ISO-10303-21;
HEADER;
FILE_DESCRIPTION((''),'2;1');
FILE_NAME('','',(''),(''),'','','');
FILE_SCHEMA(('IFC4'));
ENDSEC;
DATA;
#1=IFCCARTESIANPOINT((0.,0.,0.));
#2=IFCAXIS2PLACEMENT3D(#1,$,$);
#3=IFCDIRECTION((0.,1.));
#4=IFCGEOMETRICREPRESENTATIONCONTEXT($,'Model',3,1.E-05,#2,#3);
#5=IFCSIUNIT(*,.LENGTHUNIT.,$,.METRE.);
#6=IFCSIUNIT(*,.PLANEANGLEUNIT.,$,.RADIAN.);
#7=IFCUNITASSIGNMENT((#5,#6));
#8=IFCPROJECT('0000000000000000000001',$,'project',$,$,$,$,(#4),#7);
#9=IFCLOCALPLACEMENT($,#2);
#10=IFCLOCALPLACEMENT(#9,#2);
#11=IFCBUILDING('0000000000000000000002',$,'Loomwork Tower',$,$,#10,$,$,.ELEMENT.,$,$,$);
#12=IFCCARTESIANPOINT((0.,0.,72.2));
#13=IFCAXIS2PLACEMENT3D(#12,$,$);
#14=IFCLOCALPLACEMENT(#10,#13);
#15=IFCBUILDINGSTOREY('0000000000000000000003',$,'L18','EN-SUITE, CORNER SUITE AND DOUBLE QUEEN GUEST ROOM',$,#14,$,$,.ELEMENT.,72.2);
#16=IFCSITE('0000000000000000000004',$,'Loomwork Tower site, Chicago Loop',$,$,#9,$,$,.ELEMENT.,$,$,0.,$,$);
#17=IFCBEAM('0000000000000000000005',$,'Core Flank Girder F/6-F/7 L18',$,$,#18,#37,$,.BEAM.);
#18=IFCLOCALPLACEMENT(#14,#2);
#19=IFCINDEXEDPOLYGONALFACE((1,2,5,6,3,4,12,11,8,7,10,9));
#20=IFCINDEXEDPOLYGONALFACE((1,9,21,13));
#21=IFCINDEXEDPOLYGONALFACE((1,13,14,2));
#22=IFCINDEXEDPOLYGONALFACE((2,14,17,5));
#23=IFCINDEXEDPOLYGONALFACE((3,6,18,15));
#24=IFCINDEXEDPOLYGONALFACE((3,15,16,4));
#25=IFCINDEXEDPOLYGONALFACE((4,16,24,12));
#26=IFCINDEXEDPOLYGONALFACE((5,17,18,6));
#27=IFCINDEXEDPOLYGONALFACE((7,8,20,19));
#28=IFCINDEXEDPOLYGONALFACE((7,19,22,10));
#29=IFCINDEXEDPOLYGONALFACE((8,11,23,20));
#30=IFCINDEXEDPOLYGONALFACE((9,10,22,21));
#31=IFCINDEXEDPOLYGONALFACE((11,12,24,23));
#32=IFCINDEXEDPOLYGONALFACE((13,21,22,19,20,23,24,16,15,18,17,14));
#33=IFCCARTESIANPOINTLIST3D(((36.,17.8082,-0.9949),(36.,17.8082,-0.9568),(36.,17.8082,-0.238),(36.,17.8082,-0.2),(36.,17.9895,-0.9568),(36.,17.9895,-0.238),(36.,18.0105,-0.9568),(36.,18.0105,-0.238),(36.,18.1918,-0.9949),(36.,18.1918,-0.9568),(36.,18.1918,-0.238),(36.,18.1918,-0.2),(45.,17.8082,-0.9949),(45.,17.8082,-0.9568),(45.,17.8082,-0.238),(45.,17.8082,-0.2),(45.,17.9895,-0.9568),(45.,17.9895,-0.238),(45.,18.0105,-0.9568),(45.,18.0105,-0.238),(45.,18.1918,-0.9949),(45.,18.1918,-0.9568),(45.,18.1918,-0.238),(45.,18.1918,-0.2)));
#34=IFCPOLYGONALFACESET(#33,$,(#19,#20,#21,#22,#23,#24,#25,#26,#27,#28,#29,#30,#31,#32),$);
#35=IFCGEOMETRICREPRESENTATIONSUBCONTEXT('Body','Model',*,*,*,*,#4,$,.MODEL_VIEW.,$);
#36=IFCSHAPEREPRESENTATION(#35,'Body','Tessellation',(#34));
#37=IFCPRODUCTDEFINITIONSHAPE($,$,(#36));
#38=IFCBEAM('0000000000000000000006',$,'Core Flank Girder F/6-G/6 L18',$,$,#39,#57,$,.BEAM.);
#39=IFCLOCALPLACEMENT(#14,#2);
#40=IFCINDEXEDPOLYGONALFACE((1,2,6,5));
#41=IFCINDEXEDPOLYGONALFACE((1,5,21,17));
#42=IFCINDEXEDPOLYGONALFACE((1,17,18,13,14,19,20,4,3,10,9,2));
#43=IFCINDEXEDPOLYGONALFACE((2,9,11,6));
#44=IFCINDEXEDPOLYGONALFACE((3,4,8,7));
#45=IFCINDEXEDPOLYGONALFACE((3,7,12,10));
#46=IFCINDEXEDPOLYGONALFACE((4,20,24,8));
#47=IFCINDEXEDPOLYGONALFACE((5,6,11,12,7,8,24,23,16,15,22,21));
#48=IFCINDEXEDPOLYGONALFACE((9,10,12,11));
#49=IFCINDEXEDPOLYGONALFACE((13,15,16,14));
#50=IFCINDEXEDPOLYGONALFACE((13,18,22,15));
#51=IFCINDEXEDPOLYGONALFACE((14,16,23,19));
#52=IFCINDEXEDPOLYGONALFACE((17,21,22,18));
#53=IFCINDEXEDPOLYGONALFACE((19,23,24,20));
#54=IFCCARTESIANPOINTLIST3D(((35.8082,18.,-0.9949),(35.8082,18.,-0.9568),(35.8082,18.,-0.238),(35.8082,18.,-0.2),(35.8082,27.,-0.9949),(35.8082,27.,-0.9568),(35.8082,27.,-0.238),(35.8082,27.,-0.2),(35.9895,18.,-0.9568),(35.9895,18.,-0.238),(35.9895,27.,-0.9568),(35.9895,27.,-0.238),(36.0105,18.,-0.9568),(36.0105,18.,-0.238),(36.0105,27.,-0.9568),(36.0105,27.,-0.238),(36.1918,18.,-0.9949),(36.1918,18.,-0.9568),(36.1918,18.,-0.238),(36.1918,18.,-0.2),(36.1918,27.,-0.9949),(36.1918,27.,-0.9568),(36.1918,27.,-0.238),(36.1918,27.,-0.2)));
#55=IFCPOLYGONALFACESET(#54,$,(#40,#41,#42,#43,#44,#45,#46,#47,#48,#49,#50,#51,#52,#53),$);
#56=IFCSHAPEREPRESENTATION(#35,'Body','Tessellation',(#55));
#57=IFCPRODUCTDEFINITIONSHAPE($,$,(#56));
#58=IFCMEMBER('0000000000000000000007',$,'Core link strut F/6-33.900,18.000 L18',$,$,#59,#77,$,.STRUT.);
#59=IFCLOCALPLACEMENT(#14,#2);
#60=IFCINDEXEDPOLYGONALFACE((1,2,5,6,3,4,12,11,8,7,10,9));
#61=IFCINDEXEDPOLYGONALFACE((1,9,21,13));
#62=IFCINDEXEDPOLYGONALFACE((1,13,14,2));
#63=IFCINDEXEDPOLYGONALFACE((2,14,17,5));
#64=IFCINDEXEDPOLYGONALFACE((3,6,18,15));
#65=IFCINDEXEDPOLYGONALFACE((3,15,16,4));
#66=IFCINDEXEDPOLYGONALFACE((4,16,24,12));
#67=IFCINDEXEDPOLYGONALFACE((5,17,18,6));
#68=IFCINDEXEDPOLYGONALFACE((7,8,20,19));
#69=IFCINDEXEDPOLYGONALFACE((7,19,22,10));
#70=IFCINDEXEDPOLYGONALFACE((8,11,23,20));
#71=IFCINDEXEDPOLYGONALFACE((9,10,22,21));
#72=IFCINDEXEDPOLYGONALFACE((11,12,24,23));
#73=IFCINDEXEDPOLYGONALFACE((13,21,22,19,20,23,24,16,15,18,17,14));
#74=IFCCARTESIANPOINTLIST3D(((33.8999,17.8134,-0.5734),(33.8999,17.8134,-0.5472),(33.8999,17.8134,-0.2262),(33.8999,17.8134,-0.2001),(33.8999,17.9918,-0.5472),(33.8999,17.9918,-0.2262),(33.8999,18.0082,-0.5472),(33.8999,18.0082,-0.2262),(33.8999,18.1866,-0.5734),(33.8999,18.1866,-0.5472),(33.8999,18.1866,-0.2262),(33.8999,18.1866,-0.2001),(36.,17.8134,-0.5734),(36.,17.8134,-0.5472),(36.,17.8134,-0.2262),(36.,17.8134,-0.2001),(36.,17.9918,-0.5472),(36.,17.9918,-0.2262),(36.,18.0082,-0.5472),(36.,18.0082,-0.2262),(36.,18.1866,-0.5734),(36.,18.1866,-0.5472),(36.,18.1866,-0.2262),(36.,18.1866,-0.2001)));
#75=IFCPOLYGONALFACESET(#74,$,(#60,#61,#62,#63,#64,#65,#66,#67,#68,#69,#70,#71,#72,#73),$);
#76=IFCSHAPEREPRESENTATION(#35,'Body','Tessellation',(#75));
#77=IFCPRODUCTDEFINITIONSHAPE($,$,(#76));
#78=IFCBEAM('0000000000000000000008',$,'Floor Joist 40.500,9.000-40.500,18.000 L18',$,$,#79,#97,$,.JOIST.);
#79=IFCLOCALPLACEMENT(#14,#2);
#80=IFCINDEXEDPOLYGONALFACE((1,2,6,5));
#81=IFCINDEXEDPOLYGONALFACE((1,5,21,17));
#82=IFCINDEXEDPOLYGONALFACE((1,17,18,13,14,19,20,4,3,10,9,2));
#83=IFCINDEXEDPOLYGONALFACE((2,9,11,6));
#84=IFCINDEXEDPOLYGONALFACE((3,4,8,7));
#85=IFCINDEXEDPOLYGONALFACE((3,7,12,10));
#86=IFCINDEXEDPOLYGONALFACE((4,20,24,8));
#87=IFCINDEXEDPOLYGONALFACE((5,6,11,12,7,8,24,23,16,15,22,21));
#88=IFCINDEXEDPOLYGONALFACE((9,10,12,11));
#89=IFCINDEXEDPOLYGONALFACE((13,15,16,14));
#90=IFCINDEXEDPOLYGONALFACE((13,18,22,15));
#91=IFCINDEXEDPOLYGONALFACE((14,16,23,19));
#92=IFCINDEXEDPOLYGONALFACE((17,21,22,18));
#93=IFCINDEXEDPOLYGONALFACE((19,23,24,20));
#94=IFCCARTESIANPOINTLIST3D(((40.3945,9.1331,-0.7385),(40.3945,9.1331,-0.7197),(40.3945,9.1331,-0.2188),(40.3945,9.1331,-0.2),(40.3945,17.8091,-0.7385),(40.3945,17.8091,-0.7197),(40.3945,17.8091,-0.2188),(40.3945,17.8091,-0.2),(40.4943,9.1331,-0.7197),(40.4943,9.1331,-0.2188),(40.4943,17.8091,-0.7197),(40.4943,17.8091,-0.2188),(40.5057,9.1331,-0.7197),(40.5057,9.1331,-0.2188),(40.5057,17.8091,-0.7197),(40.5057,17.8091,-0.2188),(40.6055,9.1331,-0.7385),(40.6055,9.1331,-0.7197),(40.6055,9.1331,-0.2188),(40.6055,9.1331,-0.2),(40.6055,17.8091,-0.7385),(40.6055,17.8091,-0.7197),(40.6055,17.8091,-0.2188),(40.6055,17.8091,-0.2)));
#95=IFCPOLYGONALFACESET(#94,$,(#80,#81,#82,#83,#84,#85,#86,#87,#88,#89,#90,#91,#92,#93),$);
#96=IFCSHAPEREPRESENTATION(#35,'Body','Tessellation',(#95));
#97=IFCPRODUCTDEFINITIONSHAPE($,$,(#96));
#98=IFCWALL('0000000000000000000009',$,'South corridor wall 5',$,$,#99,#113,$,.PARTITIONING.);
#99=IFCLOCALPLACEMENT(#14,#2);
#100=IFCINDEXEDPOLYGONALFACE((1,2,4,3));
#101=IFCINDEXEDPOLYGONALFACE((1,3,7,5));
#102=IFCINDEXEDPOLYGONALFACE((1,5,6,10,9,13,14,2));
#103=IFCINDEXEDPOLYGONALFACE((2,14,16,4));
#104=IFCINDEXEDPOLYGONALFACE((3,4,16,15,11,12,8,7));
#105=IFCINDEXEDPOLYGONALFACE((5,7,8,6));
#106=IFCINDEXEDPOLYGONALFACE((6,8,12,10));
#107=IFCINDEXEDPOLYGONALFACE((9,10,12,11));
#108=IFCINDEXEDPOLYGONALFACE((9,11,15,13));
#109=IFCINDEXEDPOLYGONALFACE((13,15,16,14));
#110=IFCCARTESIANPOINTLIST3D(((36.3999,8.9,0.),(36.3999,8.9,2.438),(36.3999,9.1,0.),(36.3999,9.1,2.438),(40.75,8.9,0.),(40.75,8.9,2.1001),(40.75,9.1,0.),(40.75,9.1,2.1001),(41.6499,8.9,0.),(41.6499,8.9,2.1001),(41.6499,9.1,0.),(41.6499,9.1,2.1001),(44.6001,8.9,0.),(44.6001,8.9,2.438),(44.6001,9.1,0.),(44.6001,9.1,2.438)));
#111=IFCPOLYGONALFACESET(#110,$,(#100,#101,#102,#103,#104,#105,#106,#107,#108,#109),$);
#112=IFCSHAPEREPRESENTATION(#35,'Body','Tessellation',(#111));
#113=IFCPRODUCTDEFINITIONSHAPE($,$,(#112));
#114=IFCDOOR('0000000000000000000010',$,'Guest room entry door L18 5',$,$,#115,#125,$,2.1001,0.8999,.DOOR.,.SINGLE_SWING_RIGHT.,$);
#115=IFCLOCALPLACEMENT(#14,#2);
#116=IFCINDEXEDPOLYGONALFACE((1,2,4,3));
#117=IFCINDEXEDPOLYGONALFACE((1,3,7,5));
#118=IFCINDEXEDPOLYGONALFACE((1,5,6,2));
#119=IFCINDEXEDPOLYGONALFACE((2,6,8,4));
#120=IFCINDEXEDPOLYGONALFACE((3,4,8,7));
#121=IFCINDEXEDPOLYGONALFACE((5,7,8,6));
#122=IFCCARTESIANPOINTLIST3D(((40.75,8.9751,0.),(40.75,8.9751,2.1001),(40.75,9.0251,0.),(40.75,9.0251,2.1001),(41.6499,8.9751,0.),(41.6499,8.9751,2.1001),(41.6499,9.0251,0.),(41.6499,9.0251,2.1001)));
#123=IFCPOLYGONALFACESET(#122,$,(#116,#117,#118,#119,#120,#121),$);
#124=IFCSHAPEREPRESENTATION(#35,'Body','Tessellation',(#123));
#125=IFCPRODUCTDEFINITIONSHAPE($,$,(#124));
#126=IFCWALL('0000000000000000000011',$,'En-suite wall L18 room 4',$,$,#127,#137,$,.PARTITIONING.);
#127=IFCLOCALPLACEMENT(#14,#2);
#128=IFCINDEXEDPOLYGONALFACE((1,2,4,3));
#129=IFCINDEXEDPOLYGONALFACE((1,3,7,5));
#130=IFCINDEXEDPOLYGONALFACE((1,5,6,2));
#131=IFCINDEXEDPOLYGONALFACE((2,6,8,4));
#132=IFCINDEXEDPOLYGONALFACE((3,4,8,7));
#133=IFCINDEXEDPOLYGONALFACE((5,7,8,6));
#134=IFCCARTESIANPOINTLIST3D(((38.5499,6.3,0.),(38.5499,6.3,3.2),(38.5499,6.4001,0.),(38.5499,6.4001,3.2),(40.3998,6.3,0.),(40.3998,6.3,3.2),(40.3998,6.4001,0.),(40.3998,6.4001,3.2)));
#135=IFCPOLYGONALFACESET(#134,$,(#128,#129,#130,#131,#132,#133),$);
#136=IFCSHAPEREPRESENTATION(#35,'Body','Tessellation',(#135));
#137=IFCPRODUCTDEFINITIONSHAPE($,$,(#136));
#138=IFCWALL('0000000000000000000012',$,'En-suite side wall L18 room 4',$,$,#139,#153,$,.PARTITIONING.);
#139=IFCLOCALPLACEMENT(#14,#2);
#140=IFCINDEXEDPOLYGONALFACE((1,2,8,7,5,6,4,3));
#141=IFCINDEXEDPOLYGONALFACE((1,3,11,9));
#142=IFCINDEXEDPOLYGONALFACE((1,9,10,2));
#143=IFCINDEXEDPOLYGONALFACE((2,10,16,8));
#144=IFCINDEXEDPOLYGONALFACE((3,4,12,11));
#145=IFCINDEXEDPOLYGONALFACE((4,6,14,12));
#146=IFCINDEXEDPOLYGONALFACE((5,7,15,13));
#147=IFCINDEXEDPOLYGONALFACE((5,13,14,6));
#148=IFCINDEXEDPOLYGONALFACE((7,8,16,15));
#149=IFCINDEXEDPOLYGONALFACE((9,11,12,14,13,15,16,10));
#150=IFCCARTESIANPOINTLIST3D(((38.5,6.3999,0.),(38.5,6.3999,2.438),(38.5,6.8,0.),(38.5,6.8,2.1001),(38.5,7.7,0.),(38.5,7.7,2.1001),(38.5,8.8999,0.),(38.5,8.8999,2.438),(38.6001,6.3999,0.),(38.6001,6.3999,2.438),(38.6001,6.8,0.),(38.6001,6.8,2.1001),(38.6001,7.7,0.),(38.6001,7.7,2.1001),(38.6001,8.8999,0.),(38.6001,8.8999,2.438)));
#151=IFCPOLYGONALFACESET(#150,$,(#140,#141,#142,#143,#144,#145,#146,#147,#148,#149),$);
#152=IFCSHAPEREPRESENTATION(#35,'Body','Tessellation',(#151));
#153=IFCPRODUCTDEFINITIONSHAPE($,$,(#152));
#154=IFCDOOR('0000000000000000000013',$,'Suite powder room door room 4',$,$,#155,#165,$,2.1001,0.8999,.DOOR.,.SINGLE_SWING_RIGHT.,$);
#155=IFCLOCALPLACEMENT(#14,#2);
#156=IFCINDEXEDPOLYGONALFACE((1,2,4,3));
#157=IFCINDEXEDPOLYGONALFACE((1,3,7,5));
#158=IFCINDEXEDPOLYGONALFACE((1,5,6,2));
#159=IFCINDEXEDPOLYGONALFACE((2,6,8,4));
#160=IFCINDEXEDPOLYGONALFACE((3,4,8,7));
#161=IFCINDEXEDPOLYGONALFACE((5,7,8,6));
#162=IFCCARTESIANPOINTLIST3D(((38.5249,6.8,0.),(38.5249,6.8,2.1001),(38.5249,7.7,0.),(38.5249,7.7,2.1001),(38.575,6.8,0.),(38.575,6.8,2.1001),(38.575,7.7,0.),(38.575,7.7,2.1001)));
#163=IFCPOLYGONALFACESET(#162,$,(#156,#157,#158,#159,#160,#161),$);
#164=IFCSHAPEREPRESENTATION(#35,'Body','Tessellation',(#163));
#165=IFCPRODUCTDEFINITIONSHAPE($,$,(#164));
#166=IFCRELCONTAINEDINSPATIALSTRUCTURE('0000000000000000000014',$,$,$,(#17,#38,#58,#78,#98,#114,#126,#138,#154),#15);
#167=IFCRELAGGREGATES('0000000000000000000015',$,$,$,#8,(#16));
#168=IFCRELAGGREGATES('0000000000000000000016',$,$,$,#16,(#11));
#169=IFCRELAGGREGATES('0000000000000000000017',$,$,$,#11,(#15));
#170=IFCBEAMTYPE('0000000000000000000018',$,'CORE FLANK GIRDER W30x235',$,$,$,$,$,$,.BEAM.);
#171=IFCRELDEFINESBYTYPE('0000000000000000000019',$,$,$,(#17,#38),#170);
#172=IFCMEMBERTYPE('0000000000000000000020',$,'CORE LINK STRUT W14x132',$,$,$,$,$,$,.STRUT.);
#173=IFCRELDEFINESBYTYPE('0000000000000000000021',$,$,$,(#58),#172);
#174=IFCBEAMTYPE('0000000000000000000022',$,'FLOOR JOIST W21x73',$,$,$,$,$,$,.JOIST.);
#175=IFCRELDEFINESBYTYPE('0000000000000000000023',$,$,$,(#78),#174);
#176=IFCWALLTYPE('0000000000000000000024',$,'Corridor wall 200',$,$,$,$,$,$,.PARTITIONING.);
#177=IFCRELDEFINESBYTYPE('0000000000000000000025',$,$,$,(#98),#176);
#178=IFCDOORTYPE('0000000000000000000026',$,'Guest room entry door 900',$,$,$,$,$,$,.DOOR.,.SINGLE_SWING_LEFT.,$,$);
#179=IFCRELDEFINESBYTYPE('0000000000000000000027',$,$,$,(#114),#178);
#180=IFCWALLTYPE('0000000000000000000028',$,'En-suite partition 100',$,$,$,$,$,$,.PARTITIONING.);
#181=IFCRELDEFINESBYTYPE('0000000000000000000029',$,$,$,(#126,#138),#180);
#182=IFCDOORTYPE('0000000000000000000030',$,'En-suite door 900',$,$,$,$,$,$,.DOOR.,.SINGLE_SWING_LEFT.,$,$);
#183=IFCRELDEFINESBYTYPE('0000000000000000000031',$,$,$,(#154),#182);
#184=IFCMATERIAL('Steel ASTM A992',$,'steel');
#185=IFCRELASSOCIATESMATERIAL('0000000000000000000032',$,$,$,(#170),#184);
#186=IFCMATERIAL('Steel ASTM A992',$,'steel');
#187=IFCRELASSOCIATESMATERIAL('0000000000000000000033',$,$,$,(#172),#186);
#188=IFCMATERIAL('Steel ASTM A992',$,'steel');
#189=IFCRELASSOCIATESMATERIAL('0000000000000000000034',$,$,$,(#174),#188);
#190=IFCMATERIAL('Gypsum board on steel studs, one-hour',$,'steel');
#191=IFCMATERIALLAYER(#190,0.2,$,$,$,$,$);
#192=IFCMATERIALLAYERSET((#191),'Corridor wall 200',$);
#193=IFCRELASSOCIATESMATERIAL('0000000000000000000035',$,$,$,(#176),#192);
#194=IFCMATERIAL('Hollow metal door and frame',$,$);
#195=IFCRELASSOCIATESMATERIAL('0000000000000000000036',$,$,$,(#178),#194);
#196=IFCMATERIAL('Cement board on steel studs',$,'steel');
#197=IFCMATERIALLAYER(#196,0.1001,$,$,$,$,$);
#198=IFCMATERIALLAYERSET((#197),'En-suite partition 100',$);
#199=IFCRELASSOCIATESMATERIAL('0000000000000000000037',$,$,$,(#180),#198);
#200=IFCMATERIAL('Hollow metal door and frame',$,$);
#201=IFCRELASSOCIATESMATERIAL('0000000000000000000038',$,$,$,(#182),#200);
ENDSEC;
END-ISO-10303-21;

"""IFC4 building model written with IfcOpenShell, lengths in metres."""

from ifc_helpers import new_model, si_unit, direction, frame, frame_2d, origin, origin_2d, place, context, subcontext, project, spatial, rectangle, i_section, extrude, material, layer, layer_set, material_profile, profile_set, type_object, element, fill, save


model = new_model("IFC4")

# Units and contexts
model_context = context("Model", 3, precision=1e-05, world=origin(), true_north=direction((0.0, 1.0)))
body_context = subcontext(model_context, "Body", "Model", "MODEL_VIEW")
ifc_project = project(units=[si_unit("LENGTHUNIT", "METRE"), si_unit("PLANEANGLEUNIT", "RADIAN")], contexts=[model_context])

# Site, building, storey
site_placement = place(None, origin())
site = spatial("IfcSite", under=ifc_project, at=site_placement, Name="Loomwork Tower site, Chicago Loop", CompositionType="ELEMENT", RefElevation=0.0)
building_placement = place(site_placement, origin())
building = spatial("IfcBuilding", under=site, at=building_placement, Name="Loomwork Tower", CompositionType="ELEMENT")
storey_placement = place(building_placement, frame((0.0, 0.0, 72.2)))
storey = spatial("IfcBuildingStorey", under=building, at=storey_placement, Name="L18", Description="EN-SUITE, CORNER SUITE AND DOUBLE QUEEN GUEST ROOM", CompositionType="ELEMENT", Elevation=72.2)

# Beams
ifc_material_1 = material(Name="Steel ASTM A992", Category="steel")
ifc_material_profile_1 = material_profile(ifc_material_1, i_section(OverallWidth=0.3835, OverallDepth=0.7949, WebThickness=0.021, FlangeThickness=0.0381, at=origin_2d()), Name="W30x235")
ifc_profile_set_1 = profile_set([ifc_material_profile_1], Name="Steel ASTM A992")
beam_type_1 = type_object("IfcBeamType", Name="CORE FLANK GIRDER W30x235", PredefinedType="BEAM", material=ifc_profile_set_1)
for number, where, z_axis, x_axis, name in (
    (1, (36.0, 18.0, -0.5974), (1.0, 0.0, 0.0), (0.0, 1.0, 0.0), "Core Flank Girder F/6-F/7 L18"),
    (2, (36.0, 18.0, -0.5974), (0.0, 1.0, 0.0), (-1.0, 0.0, 0.0), "Core Flank Girder F/6-G/6 L18"),
):
    element("IfcBeam", number, at=place(storey_placement, frame(where, z_axis=z_axis, x_axis=x_axis)), inside=storey, type_object=beam_type_1, Name=name, PredefinedType="BEAM", context=body_context, shape_type="SweptSolid", body=[
        extrude(i_section(OverallWidth=0.3835, OverallDepth=0.7949, WebThickness=0.021, FlangeThickness=0.0381, at=origin_2d()), origin(), (0.0, 0.0, 1.0), 9.0),
    ])

# Member
ifc_material_2 = material(Name="Steel ASTM A992", Category="steel")
ifc_material_profile_2 = material_profile(ifc_material_2, i_section(OverallWidth=0.3733, OverallDepth=0.3733, WebThickness=0.0164, FlangeThickness=0.0261, at=origin_2d()), Name="W14x132")
ifc_profile_set_2 = profile_set([ifc_material_profile_2], Name="Steel ASTM A992")
member_type = type_object("IfcMemberType", Name="CORE LINK STRUT W14x132", PredefinedType="STRUT", material=ifc_profile_set_2)
member_placement = place(storey_placement, frame((36.0, 18.0, -0.3867), z_axis=(-1.0, 0.0, 0.0), x_axis=(0.0, -1.0, 0.0)))
element("IfcMember", 3, at=member_placement, inside=storey, type_object=member_type, Name="Core link strut F/6-33.900,18.000 L18", PredefinedType="STRUT", context=body_context, shape_type="SweptSolid", body=[
    extrude(i_section(OverallWidth=0.3733, OverallDepth=0.3733, WebThickness=0.0164, FlangeThickness=0.0261, at=origin_2d()), origin(), (0.0, 0.0, 1.0), 2.1001),
])

# Beam
ifc_material_3 = material(Name="Steel ASTM A992", Category="steel")
ifc_material_profile_3 = material_profile(ifc_material_3, i_section(OverallWidth=0.2109, OverallDepth=0.5386, WebThickness=0.0115, FlangeThickness=0.0188, at=origin_2d()), Name="W21x73")
ifc_profile_set_3 = profile_set([ifc_material_profile_3], Name="Steel ASTM A992")
beam_type_2 = type_object("IfcBeamType", Name="FLOOR JOIST W21x73", PredefinedType="JOIST", material=ifc_profile_set_3)
beam_placement = place(storey_placement, frame((40.5, 9.1331, -0.4692), z_axis=(0.0, 1.0, 0.0), x_axis=(-1.0, 0.0, 0.0)))
element("IfcBeam", 4, at=beam_placement, inside=storey, type_object=beam_type_2, Name="Floor Joist 40.500,9.000-40.500,18.000 L18", PredefinedType="JOIST", context=body_context, shape_type="SweptSolid", body=[
    extrude(i_section(OverallWidth=0.2109, OverallDepth=0.5386, WebThickness=0.0115, FlangeThickness=0.0188, at=origin_2d()), origin(), (0.0, 0.0, 1.0), 8.676),
])

# Wall, opening, door
ifc_material_4 = material(Name="Gypsum board on steel studs, one-hour", Category="steel")
ifc_layer_1 = layer(ifc_material_4, 0.2)
ifc_layer_set_1 = layer_set([ifc_layer_1], Name="Corridor wall 200")
wall_type_1 = type_object("IfcWallType", Name="Corridor wall 200", PredefinedType="PARTITIONING", material=ifc_layer_set_1)
wall_1_placement = place(storey_placement, frame((36.3999, 9.0, 0.0), z_axis=(0.0, 0.0, 1.0), x_axis=(1.0, 0.0, 0.0)))
wall_1 = element("IfcWall", 5, at=wall_1_placement, inside=storey, type_object=wall_type_1, Name="South corridor wall 5", PredefinedType="PARTITIONING", context=body_context, shape_type="SweptSolid", body=[
    extrude(rectangle(XDim=8.2002, YDim=0.2, at=frame_2d((4.1001, 0.0))), origin(), (0.0, 0.0, 1.0), 2.438),
])
opening_1_placement = place(wall_1_placement, frame((4.3501, 0.0, 0.0)))
opening_1 = element("IfcOpeningElement", 6, at=opening_1_placement, cuts=wall_1, PredefinedType="OPENING", context=body_context, shape_type="SweptSolid", body=[
    extrude(rectangle(XDim=0.8999, YDim=2.1001, at=frame_2d((0.45, 1.05))), frame((0.0, 0.1099, 0.0), z_axis=(0.0, -1.0, 0.0), x_axis=(1.0, 0.0, 0.0)), (0.0, 0.0, 1.0), 0.22),
])
ifc_material_5 = material(Name="Hollow metal door and frame")
door_type_1 = type_object("IfcDoorType", Name="Guest room entry door 900", OperationType="SINGLE_SWING_LEFT", PredefinedType="DOOR", material=ifc_material_5)
door_1_placement = place(opening_1_placement, frame((0.8999, 0.0, 0.0), z_axis=(0.0, 0.0, 1.0), x_axis=(-1.0, 0.0, 0.0)))
door_1 = element("IfcDoor", 7, at=door_1_placement, inside=storey, type_object=door_type_1, Name="Guest room entry door L18 5", OperationType="SINGLE_SWING_RIGHT", OverallHeight=2.1001, OverallWidth=0.8999, PredefinedType="DOOR", context=body_context, shape_type="SweptSolid", body=[
    extrude(rectangle(XDim=0.8999, YDim=2.1001, at=frame_2d((0.45, 1.05))), frame((0.0, 0.0249, 0.0), z_axis=(0.0, -1.0, 0.0), x_axis=(1.0, 0.0, 0.0)), (0.0, 0.0, 1.0), 0.05),
])
fill(opening_1, door_1)

# Wall
ifc_material_6 = material(Name="Cement board on steel studs", Category="steel")
ifc_layer_2 = layer(ifc_material_6, 0.1001)
ifc_layer_set_2 = layer_set([ifc_layer_2], Name="En-suite partition 100")
wall_type_2 = type_object("IfcWallType", Name="En-suite partition 100", PredefinedType="PARTITIONING", material=ifc_layer_set_2)
wall_2_placement = place(storey_placement, frame((38.55, 6.3501, 0.0), z_axis=(0.0, 0.0, 1.0), x_axis=(1.0, 0.0, 0.0)))
element("IfcWall", 8, at=wall_2_placement, inside=storey, type_object=wall_type_2, Name="En-suite wall L18 room 4", PredefinedType="PARTITIONING", context=body_context, shape_type="SweptSolid", body=[
    extrude(rectangle(XDim=1.8499, YDim=0.1001, at=frame_2d((0.9248, 0.0))), origin(), (0.0, 0.0, 1.0), 3.2),
])

# Wall, opening, door
wall_3_placement = place(storey_placement, frame((38.55, 8.8999, 0.0), z_axis=(0.0, 0.0, 1.0), x_axis=(0.0, -1.0, 0.0)))
wall_3 = element("IfcWall", 9, at=wall_3_placement, inside=storey, type_object=wall_type_2, Name="En-suite side wall L18 room 4", PredefinedType="PARTITIONING", context=body_context, shape_type="SweptSolid", body=[
    extrude(rectangle(XDim=2.5, YDim=0.1001, at=frame_2d((1.25, 0.0))), origin(), (0.0, 0.0, 1.0), 2.438),
])
opening_2_placement = place(wall_3_placement, frame((1.2, 0.0, 0.0)))
opening_2 = element("IfcOpeningElement", 10, at=opening_2_placement, cuts=wall_3, PredefinedType="OPENING", context=body_context, shape_type="SweptSolid", body=[
    extrude(rectangle(XDim=0.8999, YDim=2.1001, at=frame_2d((0.45, 1.05))), frame((0.0, 0.0601, 0.0), z_axis=(0.0, -1.0, 0.0), x_axis=(1.0, 0.0, 0.0)), (0.0, 0.0, 1.0), 0.1201),
])
ifc_material_7 = material(Name="Hollow metal door and frame")
door_type_2 = type_object("IfcDoorType", Name="En-suite door 900", OperationType="SINGLE_SWING_LEFT", PredefinedType="DOOR", material=ifc_material_7)
door_2_placement = place(opening_2_placement, origin())
door_2 = element("IfcDoor", 11, at=door_2_placement, inside=storey, type_object=door_type_2, Name="Suite powder room door room 4", OperationType="SINGLE_SWING_RIGHT", OverallHeight=2.1001, OverallWidth=0.8999, PredefinedType="DOOR", context=body_context, shape_type="SweptSolid", body=[
    extrude(rectangle(XDim=0.8999, YDim=2.1001, at=frame_2d((0.45, 1.05))), frame((0.0, 0.0249, 0.0), z_axis=(0.0, -1.0, 0.0), x_axis=(1.0, 0.0, 0.0)), (0.0, 0.0, 1.0), 0.05),
])
fill(opening_2, door_2)

save(model, "model.ifc")
